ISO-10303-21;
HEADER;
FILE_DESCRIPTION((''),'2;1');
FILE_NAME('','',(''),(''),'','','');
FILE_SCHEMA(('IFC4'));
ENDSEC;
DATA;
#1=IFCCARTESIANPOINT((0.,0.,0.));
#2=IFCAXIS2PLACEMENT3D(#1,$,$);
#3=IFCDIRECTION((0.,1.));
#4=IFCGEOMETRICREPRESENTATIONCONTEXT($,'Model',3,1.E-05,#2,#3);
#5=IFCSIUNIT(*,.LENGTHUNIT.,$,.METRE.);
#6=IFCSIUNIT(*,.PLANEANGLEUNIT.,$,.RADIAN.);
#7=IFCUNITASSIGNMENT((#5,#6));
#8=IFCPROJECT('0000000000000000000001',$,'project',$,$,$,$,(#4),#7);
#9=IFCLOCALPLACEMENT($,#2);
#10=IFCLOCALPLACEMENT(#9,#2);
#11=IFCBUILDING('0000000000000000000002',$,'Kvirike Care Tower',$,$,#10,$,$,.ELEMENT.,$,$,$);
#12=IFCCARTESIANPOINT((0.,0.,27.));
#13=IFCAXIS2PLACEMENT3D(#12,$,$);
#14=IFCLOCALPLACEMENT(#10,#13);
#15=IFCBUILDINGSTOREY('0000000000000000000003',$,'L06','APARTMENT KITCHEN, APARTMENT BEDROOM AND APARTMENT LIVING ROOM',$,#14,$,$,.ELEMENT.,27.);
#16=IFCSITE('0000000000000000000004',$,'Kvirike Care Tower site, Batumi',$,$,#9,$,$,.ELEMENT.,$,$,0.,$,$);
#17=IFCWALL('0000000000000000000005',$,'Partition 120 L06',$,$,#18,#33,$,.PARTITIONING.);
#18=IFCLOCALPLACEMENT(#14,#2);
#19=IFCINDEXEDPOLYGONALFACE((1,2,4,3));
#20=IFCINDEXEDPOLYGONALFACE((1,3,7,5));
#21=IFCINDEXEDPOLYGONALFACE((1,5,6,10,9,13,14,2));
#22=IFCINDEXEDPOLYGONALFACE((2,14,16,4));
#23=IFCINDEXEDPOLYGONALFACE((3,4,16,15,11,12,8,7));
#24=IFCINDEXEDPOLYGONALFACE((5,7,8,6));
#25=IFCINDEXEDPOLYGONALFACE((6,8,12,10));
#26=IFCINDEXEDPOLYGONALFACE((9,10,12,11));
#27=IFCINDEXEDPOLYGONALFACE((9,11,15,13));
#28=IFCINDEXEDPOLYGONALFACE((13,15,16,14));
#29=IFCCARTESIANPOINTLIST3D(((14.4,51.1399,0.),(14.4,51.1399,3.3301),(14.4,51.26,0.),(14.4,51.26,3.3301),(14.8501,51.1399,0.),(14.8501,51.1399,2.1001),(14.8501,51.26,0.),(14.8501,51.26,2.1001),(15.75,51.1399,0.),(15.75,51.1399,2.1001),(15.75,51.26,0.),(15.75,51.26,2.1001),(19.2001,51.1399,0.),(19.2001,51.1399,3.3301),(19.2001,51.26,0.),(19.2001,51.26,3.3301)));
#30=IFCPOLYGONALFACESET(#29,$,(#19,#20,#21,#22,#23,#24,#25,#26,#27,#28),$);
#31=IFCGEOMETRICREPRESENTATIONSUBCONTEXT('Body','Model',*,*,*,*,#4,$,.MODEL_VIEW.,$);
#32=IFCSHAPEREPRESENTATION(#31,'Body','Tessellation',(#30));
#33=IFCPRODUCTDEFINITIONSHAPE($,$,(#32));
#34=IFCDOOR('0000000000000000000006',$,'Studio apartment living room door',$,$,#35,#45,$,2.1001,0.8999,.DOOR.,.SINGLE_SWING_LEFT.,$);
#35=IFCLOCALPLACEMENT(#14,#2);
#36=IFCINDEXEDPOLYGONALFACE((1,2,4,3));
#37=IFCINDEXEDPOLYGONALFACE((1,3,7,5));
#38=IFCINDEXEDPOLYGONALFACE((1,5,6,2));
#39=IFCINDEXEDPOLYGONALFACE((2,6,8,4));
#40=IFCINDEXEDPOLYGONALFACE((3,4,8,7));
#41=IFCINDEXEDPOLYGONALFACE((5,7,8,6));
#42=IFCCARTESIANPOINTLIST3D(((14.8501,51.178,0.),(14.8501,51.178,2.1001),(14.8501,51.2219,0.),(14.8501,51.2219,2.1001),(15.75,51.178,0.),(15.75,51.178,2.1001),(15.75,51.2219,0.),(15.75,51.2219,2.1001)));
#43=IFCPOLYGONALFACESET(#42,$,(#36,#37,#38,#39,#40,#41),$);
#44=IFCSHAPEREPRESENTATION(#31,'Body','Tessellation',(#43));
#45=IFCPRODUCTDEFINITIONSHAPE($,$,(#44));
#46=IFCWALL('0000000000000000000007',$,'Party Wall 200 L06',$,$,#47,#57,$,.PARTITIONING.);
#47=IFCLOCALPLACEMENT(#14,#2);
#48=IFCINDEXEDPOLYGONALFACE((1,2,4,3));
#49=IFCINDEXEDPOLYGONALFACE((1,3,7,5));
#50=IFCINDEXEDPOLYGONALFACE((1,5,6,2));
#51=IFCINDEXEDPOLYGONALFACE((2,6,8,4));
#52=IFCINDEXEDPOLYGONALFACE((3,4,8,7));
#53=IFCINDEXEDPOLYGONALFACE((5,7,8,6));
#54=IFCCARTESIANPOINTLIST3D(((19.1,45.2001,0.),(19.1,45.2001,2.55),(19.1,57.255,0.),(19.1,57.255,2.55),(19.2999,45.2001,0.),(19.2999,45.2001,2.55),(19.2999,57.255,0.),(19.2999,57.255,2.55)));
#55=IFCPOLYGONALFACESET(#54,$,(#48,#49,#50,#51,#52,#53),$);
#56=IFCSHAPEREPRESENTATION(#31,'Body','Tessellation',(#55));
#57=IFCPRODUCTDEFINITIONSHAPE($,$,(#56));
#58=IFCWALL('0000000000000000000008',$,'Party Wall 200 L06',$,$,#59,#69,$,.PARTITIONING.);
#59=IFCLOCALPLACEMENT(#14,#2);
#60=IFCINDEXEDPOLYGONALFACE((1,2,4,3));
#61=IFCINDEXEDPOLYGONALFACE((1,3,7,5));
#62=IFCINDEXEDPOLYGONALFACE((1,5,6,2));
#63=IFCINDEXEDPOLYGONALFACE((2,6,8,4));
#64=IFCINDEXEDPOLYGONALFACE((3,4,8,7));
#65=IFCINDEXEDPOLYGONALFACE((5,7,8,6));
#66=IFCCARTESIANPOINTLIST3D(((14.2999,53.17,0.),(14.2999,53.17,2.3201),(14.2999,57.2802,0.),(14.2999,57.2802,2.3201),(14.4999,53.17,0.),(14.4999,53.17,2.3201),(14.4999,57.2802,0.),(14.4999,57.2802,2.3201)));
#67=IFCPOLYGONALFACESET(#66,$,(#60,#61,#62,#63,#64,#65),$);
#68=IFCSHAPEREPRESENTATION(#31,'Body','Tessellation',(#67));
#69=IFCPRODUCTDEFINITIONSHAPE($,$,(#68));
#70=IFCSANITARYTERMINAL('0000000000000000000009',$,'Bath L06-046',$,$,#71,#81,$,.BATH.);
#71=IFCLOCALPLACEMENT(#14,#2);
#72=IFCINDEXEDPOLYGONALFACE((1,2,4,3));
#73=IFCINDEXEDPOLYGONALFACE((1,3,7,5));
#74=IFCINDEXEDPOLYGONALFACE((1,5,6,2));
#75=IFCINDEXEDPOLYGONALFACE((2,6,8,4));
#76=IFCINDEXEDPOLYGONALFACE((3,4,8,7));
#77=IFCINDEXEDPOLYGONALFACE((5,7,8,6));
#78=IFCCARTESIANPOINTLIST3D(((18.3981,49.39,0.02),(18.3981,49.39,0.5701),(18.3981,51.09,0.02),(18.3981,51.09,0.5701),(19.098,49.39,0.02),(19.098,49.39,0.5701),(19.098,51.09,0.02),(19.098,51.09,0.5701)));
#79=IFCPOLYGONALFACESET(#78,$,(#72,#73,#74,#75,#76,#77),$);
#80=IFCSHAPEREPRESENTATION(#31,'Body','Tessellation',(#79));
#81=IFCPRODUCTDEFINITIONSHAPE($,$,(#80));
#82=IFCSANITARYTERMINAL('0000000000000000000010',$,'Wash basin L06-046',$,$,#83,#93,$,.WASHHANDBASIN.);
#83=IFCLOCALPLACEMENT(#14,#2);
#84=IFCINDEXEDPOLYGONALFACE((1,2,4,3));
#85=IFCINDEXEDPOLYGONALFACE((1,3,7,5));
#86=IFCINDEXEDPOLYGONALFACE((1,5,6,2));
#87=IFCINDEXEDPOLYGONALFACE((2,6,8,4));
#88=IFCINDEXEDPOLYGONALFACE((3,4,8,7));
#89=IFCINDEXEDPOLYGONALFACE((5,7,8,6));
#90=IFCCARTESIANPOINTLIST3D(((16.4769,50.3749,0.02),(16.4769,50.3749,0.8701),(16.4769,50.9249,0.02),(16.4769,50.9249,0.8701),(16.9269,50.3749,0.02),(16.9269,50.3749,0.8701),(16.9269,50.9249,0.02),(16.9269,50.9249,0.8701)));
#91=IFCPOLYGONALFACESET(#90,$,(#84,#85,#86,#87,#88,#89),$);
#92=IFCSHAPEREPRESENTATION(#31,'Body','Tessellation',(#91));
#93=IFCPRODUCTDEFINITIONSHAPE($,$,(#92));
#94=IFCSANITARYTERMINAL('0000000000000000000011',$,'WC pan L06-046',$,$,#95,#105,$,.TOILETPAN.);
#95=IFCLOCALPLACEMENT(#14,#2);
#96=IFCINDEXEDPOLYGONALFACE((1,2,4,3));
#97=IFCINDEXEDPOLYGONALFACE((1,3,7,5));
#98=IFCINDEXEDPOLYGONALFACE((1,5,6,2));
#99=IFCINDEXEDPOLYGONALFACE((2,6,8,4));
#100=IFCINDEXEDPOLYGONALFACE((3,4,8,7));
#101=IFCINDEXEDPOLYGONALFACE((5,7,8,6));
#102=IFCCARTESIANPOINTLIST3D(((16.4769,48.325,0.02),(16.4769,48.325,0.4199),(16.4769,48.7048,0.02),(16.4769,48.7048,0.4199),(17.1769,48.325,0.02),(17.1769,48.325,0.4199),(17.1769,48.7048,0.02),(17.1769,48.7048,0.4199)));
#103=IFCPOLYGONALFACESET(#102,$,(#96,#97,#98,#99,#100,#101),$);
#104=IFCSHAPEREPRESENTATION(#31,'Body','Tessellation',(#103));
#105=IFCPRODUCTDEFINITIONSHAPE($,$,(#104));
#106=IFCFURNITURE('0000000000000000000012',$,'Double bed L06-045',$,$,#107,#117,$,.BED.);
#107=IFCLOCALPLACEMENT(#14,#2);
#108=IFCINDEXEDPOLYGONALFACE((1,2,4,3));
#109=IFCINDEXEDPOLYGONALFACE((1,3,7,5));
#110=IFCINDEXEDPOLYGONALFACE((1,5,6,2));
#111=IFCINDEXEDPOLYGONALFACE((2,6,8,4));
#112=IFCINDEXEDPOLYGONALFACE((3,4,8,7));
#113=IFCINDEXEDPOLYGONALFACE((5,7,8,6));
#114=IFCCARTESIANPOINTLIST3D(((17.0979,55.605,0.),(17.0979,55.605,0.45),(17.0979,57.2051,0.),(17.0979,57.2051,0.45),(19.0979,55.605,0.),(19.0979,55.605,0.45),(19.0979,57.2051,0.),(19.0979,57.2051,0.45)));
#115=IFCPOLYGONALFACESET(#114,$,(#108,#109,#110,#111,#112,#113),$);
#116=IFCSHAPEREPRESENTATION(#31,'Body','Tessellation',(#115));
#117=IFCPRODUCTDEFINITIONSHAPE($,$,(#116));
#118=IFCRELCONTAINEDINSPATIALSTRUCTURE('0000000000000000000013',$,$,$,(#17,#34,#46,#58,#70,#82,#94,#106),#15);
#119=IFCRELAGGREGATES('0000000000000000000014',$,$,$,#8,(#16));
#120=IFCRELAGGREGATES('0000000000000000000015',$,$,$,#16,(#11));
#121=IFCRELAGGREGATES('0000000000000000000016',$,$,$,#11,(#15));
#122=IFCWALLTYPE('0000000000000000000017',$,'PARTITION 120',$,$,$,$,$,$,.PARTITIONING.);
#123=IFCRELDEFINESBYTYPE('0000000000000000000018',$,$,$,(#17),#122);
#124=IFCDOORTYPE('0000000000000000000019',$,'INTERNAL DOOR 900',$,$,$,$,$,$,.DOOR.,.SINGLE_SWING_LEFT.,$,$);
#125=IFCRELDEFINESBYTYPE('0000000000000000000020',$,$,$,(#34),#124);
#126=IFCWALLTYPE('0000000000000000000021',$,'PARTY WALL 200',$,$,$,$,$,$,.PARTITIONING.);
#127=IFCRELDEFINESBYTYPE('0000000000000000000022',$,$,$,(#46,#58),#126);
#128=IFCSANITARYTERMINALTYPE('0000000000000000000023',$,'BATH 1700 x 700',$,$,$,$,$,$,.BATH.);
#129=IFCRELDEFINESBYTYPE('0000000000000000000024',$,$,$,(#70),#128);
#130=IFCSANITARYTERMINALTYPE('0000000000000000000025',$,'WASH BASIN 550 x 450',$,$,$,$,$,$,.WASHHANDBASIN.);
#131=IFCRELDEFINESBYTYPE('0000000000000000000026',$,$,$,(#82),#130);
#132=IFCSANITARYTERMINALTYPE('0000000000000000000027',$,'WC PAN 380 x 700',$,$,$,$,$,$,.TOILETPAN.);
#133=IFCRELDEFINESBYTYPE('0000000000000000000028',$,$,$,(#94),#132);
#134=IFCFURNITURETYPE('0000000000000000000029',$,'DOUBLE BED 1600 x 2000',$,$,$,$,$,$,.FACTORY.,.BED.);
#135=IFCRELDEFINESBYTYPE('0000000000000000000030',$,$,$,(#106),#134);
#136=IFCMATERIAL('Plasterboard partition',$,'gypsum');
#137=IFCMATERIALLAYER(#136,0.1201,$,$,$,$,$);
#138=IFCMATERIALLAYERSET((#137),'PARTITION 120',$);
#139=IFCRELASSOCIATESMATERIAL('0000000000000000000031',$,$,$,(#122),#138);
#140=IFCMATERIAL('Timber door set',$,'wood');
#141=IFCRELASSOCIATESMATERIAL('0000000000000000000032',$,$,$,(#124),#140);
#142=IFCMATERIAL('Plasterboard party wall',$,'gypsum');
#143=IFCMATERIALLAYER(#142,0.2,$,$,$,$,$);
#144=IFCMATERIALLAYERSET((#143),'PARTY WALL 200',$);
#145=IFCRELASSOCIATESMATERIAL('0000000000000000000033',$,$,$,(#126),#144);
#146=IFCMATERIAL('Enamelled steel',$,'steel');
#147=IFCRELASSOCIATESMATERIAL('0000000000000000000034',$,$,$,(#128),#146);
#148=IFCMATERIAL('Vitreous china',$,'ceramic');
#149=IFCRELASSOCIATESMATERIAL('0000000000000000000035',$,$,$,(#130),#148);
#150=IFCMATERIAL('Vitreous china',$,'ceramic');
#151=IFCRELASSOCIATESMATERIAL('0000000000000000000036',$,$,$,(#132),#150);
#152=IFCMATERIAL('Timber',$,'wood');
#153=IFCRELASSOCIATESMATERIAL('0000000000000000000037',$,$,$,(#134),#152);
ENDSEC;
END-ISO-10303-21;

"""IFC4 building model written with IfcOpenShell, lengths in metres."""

from ifc_helpers import new_model, si_unit, direction, frame, frame_2d, origin, origin_2d, place, context, subcontext, project, spatial, rectangle, extrude, material, layer, layer_set, type_object, element, fill, save


model = new_model("IFC4")

# Units and contexts
model_context = context("Model", 3, precision=1e-05, world=origin(), true_north=direction((0.0, 1.0)))
body_context = subcontext(model_context, "Body", "Model", "MODEL_VIEW")
ifc_project = project(units=[si_unit("LENGTHUNIT", "METRE"), si_unit("PLANEANGLEUNIT", "RADIAN")], contexts=[model_context])

# Site, building, storey
site_placement = place(None, origin())
site = spatial("IfcSite", under=ifc_project, at=site_placement, Name="Kvirike Care Tower site, Batumi", CompositionType="ELEMENT", RefElevation=0.0)
building_placement = place(site_placement, origin())
building = spatial("IfcBuilding", under=site, at=building_placement, Name="Kvirike Care Tower", CompositionType="ELEMENT")
storey_placement = place(building_placement, frame((0.0, 0.0, 27.0)))
storey = spatial("IfcBuildingStorey", under=building, at=storey_placement, Name="L06", Description="APARTMENT KITCHEN, APARTMENT BEDROOM AND APARTMENT LIVING ROOM", CompositionType="ELEMENT", Elevation=27.0)

# Wall, opening, door
ifc_material_1 = material(Name="Plasterboard partition", Category="gypsum")
ifc_layer_1 = layer(ifc_material_1, 0.1201)
ifc_layer_set_1 = layer_set([ifc_layer_1], Name="PARTITION 120")
wall_type_1 = type_object("IfcWallType", Name="PARTITION 120", PredefinedType="PARTITIONING", material=ifc_layer_set_1)
wall_1_placement = place(storey_placement, frame((19.2, 51.2, 0.0), z_axis=(0.0, 0.0, 1.0), x_axis=(-1.0, 0.0, 0.0)))
wall_1 = element("IfcWall", 1, at=wall_1_placement, inside=storey, type_object=wall_type_1, Name="Partition 120 L06", PredefinedType="PARTITIONING", context=body_context, shape_type="SweptSolid", body=[
    extrude(rectangle(XDim=4.8, YDim=0.1201, at=frame_2d((2.3999, 0.0))), origin(), (0.0, 0.0, 1.0), 3.3301),
])
opening_1_placement = place(wall_1_placement, frame((3.45, 0.0, 0.0)))
opening_1 = element("IfcOpeningElement", 2, at=opening_1_placement, cuts=wall_1, PredefinedType="OPENING", context=body_context, shape_type="SweptSolid", body=[
    extrude(rectangle(XDim=0.8999, YDim=2.1001, at=frame_2d((0.45, 1.05))), frame((0.0, 0.0706, 0.0), z_axis=(0.0, -1.0, 0.0), x_axis=(1.0, 0.0, 0.0)), (0.0, 0.0, 1.0), 0.1411),
])
ifc_material_2 = material(Name="Timber door set", Category="wood")
door_type_1 = type_object("IfcDoorType", Name="INTERNAL DOOR 900", OperationType="SINGLE_SWING_LEFT", PredefinedType="DOOR", material=ifc_material_2)
door_1_placement = place(opening_1_placement, origin())
door_1 = element("IfcDoor", 3, at=door_1_placement, inside=storey, type_object=door_type_1, Name="Studio apartment living room door", OperationType="SINGLE_SWING_LEFT", OverallHeight=2.1001, OverallWidth=0.8999, PredefinedType="DOOR", context=body_context, shape_type="SweptSolid", body=[
    extrude(rectangle(XDim=0.8999, YDim=2.1001, at=frame_2d((0.45, 1.05))), frame((0.0, 0.022, 0.0), z_axis=(0.0, -1.0, 0.0), x_axis=(1.0, 0.0, 0.0)), (0.0, 0.0, 1.0), 0.0439),
])
fill(opening_1, door_1)

# Walls
ifc_material_3 = material(Name="Plasterboard party wall", Category="gypsum")
ifc_layer_2 = layer(ifc_material_3, 0.2)
ifc_layer_set_2 = layer_set([ifc_layer_2], Name="PARTY WALL 200")
wall_type_2 = type_object("IfcWallType", Name="PARTY WALL 200", PredefinedType="PARTITIONING", material=ifc_layer_set_2)
wall_2_placement = place(storey_placement, frame((19.2, 57.2549, 0.0), z_axis=(0.0, 0.0, 1.0), x_axis=(0.0, -1.0, 0.0)))
element("IfcWall", 4, at=wall_2_placement, inside=storey, type_object=wall_type_2, Name="Party Wall 200 L06", PredefinedType="PARTITIONING", context=body_context, shape_type="SweptSolid", body=[
    extrude(rectangle(XDim=12.0549, YDim=0.2, at=frame_2d((6.0273, 0.0))), origin(), (0.0, 0.0, 1.0), 2.55),
])
wall_3_placement = place(storey_placement, frame((14.3999, 53.1699, 0.0), z_axis=(0.0, 0.0, 1.0), x_axis=(0.0, 1.0, 0.0)))
element("IfcWall", 5, at=wall_3_placement, inside=storey, type_object=wall_type_2, Name="Party Wall 200 L06", PredefinedType="PARTITIONING", context=body_context, shape_type="SweptSolid", body=[
    extrude(rectangle(XDim=4.1101, YDim=0.2, at=frame_2d((2.0552, 0.0))), origin(), (0.0, 0.0, 1.0), 2.3201),
])

# Sanitary terminals
ifc_material_4 = material(Name="Enamelled steel", Category="steel")
sanitary_terminal_type_1 = type_object("IfcSanitaryTerminalType", Name="BATH 1700 x 700", PredefinedType="BATH", material=ifc_material_4)
sanitary_terminal_1_placement = place(storey_placement, frame((18.748, 50.24, 0.02), z_axis=(0.0, 0.0, 1.0), x_axis=(0.0, -1.0, 0.0)))
element("IfcSanitaryTerminal", 6, at=sanitary_terminal_1_placement, inside=storey, type_object=sanitary_terminal_type_1, Name="Bath L06-046", PredefinedType="BATH", context=body_context, shape_type="SweptSolid", body=[
    extrude(rectangle(XDim=1.7, YDim=0.7, at=origin_2d()), origin(), (0.0, 0.0, 1.0), 0.55),
])
ifc_material_5 = material(Name="Vitreous china", Category="ceramic")
sanitary_terminal_type_2 = type_object("IfcSanitaryTerminalType", Name="WASH BASIN 550 x 450", PredefinedType="WASHHANDBASIN", material=ifc_material_5)
sanitary_terminal_2_placement = place(storey_placement, frame((16.7019, 50.6499, 0.02), z_axis=(0.0, 0.0, 1.0), x_axis=(0.0, 1.0, 0.0)))
element("IfcSanitaryTerminal", 7, at=sanitary_terminal_2_placement, inside=storey, type_object=sanitary_terminal_type_2, Name="Wash basin L06-046", PredefinedType="WASHHANDBASIN", context=body_context, shape_type="SweptSolid", body=[
    extrude(rectangle(XDim=0.55, YDim=0.45, at=origin_2d()), origin(), (0.0, 0.0, 1.0), 0.8501),
])
ifc_material_6 = material(Name="Vitreous china", Category="ceramic")
sanitary_terminal_type_3 = type_object("IfcSanitaryTerminalType", Name="WC PAN 380 x 700", PredefinedType="TOILETPAN", material=ifc_material_6)
sanitary_terminal_3_placement = place(storey_placement, frame((16.8269, 48.5149, 0.02), z_axis=(0.0, 0.0, 1.0), x_axis=(0.0, 1.0, 0.0)))
element("IfcSanitaryTerminal", 8, at=sanitary_terminal_3_placement, inside=storey, type_object=sanitary_terminal_type_3, Name="WC pan L06-046", PredefinedType="TOILETPAN", context=body_context, shape_type="SweptSolid", body=[
    extrude(rectangle(XDim=0.3799, YDim=0.7, at=origin_2d()), origin(), (0.0, 0.0, 1.0), 0.3999),
])

# Furniture
ifc_material_7 = material(Name="Timber", Category="wood")
furniture_type = type_object("IfcFurnitureType", Name="DOUBLE BED 1600 x 2000", AssemblyPlace="FACTORY", PredefinedType="BED", material=ifc_material_7)
furniture_placement = place(storey_placement, frame((18.0979, 56.405, 0.0), z_axis=(0.0, 0.0, 1.0), x_axis=(0.0, -1.0, 0.0)))
element("IfcFurniture", 9, at=furniture_placement, inside=storey, type_object=furniture_type, Name="Double bed L06-045", PredefinedType="BED", context=body_context, shape_type="SweptSolid", body=[
    extrude(rectangle(XDim=1.6001, YDim=2.0, at=origin_2d()), origin(), (0.0, 0.0, 1.0), 0.45),
])

save(model, "model.ifc")
